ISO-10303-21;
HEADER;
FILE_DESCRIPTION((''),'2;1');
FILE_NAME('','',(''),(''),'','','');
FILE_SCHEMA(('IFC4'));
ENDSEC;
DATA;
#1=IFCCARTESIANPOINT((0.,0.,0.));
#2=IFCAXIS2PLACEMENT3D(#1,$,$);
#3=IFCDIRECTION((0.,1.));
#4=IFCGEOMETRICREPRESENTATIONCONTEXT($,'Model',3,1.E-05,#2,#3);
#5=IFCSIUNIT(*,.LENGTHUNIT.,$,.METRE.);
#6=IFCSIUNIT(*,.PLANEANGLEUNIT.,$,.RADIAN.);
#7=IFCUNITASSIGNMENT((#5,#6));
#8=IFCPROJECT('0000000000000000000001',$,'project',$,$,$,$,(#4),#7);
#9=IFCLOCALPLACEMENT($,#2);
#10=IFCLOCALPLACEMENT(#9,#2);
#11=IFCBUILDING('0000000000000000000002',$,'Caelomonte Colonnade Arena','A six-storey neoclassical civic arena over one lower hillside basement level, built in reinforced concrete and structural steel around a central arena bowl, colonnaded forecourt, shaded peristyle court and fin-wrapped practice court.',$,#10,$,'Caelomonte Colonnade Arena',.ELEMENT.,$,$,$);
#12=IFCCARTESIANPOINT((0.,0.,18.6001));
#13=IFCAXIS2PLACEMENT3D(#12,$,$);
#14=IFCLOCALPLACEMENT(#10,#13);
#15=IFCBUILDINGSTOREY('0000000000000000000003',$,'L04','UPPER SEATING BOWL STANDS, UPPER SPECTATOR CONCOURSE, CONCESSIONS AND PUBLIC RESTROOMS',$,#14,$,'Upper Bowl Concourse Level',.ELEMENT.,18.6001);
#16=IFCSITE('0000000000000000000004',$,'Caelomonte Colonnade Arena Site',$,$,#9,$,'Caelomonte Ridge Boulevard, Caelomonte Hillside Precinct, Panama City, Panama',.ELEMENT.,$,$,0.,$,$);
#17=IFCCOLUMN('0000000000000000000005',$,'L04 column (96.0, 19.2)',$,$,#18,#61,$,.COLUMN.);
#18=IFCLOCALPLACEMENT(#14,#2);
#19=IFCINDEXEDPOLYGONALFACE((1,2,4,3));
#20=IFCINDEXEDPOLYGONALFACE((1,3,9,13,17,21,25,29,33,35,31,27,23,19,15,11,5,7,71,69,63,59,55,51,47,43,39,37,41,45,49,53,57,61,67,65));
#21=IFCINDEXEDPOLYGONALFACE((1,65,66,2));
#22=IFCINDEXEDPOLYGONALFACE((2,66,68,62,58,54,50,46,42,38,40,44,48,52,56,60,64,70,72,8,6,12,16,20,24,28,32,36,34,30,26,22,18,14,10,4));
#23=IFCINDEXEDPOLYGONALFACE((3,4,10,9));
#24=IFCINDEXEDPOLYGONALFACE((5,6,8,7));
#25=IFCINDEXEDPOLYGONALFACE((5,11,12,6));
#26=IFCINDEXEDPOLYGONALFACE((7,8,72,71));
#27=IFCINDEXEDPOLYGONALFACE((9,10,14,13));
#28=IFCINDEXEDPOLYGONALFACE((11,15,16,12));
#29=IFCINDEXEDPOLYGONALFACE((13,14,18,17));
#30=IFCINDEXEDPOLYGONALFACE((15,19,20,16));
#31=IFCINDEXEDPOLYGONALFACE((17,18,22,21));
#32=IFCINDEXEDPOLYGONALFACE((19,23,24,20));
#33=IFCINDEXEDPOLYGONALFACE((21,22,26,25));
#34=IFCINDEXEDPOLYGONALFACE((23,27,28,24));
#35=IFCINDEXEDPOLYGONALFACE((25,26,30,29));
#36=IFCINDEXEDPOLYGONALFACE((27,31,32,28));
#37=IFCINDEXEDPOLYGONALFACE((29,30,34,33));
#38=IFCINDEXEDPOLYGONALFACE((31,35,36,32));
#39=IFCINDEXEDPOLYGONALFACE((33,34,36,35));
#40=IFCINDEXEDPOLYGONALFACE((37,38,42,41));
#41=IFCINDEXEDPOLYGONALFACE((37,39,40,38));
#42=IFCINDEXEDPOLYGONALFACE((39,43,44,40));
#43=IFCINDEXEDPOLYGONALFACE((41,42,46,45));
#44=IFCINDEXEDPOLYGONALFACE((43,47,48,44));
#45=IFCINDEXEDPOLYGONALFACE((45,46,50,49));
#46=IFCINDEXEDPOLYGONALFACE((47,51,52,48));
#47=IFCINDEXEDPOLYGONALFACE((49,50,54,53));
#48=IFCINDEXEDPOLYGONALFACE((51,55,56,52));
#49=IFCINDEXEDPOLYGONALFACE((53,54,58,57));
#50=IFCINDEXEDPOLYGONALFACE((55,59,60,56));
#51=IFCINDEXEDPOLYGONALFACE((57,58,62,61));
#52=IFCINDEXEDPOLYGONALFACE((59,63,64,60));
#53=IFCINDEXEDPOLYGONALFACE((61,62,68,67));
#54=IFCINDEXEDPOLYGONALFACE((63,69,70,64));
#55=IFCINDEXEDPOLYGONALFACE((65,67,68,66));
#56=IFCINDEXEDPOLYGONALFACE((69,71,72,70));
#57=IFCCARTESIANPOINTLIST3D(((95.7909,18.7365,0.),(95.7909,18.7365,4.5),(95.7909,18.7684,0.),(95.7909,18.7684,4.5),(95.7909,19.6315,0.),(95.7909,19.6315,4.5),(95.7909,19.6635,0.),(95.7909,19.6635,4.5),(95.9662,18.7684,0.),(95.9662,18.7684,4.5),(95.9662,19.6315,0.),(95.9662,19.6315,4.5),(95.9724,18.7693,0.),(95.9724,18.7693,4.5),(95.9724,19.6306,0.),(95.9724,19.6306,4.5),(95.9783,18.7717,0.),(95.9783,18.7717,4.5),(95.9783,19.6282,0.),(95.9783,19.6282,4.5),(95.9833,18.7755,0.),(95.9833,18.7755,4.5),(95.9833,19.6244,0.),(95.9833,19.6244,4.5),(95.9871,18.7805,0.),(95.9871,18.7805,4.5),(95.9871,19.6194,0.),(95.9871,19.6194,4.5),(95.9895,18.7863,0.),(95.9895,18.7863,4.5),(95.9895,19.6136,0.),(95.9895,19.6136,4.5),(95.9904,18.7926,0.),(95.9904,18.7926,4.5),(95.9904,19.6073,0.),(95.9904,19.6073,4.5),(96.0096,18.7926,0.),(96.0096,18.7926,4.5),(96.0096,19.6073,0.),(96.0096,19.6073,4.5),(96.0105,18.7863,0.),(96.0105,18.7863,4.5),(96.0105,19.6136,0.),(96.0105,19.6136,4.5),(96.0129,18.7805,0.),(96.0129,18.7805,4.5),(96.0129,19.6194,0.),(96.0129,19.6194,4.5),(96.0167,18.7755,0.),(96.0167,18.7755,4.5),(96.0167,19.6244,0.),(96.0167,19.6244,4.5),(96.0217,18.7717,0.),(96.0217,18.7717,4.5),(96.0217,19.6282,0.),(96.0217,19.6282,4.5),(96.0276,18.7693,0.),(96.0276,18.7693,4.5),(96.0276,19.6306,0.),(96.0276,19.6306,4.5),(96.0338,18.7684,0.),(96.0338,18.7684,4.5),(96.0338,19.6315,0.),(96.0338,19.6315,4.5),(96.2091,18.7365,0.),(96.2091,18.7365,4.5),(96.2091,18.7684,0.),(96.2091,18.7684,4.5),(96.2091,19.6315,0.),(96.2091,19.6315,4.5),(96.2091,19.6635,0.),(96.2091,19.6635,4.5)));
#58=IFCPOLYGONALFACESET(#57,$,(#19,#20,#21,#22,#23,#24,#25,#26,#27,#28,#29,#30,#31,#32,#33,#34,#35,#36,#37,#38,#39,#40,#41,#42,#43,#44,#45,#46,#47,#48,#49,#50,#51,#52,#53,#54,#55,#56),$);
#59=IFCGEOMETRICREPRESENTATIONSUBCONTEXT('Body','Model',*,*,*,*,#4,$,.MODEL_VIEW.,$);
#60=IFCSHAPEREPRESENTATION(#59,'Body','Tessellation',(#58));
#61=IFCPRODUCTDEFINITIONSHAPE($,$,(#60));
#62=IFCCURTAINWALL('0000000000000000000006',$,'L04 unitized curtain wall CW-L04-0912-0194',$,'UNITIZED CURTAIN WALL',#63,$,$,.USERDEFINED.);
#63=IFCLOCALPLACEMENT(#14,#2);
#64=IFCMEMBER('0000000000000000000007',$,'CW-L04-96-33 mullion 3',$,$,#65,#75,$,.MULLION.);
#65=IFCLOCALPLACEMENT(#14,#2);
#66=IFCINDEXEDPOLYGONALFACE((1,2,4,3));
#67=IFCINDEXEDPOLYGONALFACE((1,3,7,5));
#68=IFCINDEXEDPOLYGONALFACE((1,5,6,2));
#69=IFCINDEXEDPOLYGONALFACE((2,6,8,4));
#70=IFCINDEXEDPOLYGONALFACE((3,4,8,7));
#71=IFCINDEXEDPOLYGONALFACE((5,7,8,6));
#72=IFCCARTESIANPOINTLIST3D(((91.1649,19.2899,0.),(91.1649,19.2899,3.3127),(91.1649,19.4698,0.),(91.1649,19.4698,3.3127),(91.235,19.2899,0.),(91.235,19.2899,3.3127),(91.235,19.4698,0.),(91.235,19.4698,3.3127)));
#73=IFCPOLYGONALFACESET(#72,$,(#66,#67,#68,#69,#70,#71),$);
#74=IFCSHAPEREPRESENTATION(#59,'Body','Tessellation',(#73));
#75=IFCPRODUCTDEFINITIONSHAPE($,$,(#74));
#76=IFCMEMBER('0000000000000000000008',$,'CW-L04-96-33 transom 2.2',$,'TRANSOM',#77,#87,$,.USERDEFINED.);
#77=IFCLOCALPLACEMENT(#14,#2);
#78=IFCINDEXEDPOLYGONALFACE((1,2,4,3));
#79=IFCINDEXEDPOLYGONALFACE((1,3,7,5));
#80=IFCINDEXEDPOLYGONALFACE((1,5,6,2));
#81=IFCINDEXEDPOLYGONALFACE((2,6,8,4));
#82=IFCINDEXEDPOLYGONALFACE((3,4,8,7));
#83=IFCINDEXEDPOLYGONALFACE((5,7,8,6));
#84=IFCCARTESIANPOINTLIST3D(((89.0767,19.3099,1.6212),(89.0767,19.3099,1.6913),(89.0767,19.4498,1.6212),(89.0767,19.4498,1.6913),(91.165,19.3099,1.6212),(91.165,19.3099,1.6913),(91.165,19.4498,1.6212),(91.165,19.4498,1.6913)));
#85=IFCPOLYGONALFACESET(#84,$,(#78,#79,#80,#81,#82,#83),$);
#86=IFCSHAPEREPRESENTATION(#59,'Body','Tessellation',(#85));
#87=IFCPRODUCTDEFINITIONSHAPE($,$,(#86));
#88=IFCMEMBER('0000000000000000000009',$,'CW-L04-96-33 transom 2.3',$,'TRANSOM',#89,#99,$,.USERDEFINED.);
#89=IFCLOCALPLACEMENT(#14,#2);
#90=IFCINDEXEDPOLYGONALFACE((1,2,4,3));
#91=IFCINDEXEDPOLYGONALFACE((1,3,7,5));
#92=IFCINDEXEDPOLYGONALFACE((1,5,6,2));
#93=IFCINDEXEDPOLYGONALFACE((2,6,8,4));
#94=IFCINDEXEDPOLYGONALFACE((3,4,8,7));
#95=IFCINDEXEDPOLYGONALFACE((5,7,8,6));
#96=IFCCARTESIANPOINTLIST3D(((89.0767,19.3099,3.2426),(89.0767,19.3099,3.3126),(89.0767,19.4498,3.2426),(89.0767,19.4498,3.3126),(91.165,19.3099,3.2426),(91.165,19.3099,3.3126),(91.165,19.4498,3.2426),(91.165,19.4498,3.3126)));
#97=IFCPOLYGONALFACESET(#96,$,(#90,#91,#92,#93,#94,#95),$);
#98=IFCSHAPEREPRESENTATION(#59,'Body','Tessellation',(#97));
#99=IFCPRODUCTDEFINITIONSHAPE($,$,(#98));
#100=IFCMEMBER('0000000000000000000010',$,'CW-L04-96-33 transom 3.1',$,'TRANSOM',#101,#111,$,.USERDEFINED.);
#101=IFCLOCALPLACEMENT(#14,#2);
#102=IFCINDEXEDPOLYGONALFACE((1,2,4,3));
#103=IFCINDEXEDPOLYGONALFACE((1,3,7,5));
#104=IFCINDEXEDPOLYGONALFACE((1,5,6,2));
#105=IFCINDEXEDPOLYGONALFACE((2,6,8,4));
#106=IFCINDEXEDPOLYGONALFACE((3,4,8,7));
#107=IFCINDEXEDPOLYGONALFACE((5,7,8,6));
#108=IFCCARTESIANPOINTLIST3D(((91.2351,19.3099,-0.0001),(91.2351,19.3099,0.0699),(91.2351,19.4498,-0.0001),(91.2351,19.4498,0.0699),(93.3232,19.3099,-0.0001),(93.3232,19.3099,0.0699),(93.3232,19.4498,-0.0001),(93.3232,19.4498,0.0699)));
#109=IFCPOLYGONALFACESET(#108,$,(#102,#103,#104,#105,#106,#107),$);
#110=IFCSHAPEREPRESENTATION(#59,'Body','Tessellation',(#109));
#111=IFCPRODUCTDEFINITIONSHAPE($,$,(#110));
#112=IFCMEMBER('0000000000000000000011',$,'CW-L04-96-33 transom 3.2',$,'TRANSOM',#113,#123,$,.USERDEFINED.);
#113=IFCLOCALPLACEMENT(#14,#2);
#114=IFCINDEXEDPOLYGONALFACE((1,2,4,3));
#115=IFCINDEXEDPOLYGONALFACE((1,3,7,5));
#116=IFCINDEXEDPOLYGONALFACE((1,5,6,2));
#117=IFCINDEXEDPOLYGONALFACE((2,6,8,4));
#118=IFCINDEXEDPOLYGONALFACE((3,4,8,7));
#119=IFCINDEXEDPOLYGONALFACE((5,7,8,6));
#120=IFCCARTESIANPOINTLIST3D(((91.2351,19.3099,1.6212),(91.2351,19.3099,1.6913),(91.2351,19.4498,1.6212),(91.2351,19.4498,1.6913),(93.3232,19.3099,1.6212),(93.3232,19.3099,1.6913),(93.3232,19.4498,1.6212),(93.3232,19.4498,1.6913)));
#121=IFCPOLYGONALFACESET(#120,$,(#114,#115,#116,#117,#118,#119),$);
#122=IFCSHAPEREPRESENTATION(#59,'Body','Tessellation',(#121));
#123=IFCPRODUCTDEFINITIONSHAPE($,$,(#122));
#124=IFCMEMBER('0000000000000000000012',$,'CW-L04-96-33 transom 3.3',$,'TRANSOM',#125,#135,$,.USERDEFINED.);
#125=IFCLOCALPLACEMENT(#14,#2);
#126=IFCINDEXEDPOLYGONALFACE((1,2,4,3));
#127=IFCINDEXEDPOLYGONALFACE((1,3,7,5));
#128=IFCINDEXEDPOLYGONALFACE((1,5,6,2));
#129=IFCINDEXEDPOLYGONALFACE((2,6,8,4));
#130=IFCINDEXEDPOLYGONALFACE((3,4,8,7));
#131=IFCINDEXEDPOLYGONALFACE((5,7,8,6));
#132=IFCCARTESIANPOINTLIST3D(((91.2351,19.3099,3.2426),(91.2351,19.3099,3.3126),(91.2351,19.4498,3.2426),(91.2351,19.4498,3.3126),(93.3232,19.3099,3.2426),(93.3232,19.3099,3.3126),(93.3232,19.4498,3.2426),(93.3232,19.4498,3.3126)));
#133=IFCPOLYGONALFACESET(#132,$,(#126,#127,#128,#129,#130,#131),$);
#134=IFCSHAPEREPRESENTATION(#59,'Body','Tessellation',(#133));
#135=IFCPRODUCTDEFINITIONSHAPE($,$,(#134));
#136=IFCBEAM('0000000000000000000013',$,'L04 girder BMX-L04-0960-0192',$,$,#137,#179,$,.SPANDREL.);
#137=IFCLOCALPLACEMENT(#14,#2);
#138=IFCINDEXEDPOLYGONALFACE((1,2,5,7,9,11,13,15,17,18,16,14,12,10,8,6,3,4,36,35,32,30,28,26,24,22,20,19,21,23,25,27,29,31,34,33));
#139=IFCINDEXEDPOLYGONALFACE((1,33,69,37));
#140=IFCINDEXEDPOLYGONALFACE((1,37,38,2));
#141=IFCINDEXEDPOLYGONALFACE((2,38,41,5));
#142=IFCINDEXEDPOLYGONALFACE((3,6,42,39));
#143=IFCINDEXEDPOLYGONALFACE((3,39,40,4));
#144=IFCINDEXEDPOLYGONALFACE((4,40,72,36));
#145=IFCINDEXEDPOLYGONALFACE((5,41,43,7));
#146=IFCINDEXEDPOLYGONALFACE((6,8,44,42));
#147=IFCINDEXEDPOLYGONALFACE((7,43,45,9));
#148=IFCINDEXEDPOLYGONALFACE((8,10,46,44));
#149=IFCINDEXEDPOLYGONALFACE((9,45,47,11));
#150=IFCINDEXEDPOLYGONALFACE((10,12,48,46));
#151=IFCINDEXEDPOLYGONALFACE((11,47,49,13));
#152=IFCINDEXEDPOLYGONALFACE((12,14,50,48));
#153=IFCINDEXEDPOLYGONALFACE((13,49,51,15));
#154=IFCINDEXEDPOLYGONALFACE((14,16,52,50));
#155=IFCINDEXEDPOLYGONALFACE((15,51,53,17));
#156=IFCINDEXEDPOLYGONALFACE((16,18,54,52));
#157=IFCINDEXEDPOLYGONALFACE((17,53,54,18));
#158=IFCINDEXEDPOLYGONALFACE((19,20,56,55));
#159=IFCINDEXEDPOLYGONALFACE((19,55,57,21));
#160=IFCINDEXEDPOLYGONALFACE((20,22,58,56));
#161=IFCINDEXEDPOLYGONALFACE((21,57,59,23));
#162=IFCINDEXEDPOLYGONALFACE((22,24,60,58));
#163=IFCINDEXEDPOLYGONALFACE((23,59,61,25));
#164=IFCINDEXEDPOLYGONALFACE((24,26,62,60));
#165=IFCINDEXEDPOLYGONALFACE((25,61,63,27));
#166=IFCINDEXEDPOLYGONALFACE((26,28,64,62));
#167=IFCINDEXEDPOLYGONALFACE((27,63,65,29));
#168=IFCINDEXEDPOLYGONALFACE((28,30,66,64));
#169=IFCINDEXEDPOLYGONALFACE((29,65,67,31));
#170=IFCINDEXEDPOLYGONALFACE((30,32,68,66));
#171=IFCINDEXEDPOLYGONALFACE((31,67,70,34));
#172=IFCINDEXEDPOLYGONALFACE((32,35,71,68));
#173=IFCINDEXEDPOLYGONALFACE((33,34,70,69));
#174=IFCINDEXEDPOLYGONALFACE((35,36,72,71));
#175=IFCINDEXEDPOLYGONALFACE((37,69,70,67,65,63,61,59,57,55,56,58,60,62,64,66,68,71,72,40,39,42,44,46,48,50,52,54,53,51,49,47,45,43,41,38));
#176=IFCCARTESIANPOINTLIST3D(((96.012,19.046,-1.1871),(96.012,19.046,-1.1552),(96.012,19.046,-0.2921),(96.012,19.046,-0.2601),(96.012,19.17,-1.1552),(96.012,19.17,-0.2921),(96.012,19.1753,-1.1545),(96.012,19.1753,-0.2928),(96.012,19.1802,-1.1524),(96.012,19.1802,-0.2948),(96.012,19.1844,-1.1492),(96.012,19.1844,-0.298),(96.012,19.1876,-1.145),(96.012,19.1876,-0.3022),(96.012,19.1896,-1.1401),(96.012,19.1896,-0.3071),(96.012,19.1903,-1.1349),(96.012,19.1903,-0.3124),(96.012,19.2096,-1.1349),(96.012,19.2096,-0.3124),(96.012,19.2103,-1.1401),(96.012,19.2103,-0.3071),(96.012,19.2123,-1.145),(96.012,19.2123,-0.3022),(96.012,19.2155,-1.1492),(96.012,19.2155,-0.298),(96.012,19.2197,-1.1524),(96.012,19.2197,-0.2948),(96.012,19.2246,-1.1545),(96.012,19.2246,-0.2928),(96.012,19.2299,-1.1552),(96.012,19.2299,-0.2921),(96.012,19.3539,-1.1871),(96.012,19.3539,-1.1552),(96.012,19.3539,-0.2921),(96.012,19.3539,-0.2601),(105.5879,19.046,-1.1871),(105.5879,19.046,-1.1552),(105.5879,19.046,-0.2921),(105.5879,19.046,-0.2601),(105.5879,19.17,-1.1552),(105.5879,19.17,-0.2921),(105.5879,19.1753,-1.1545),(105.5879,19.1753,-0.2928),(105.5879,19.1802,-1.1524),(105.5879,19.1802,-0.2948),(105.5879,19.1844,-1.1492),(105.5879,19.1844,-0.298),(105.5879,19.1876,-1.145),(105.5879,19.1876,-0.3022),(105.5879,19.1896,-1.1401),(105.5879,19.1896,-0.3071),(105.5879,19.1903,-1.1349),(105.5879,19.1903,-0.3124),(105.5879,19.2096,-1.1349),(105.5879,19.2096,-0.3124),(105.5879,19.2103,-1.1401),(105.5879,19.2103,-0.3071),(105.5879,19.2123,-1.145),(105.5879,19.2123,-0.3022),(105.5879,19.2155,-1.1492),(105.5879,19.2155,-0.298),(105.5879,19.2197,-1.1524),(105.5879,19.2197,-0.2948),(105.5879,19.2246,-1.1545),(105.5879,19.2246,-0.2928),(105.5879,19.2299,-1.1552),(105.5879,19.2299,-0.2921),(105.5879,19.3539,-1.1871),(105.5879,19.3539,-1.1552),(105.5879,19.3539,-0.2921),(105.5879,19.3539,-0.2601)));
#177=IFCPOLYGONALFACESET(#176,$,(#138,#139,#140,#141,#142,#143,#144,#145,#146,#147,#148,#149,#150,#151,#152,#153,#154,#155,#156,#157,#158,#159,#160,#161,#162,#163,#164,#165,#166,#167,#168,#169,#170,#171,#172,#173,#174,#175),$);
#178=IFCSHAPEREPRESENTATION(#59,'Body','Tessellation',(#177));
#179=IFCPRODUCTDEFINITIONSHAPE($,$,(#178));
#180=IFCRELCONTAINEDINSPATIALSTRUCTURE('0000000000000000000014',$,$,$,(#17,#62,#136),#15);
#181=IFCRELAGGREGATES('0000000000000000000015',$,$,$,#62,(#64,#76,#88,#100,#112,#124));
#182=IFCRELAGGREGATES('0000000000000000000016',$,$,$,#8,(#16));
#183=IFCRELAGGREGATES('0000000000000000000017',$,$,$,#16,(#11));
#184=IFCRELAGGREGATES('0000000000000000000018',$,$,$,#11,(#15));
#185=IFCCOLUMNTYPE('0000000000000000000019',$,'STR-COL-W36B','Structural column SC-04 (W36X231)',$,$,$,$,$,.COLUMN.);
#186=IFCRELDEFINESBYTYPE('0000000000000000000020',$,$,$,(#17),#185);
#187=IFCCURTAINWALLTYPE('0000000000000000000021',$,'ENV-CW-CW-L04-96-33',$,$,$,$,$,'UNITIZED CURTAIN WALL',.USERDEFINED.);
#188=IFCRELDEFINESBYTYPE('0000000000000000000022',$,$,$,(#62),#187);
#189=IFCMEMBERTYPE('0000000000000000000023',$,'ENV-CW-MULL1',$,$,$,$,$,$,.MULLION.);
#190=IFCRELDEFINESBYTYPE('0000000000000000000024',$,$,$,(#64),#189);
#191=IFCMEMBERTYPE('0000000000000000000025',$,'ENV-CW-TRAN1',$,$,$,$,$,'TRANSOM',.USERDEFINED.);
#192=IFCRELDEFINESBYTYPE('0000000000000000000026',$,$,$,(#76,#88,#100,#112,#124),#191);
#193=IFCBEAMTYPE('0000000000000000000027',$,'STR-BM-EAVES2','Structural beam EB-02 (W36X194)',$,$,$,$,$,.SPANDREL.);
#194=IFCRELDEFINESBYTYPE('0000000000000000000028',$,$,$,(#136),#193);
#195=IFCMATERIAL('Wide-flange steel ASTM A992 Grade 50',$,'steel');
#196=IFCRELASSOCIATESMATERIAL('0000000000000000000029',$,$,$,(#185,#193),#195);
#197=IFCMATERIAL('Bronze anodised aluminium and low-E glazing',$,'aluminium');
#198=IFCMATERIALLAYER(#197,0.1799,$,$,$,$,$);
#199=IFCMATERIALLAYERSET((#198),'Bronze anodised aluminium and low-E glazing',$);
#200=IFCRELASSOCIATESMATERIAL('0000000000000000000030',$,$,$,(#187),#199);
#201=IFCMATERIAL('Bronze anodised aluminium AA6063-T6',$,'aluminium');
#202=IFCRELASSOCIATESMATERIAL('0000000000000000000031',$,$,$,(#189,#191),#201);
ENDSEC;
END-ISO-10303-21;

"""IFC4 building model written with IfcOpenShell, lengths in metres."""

from ifc_helpers import new_model, si_unit, direction, frame, origin, origin_2d, place, context, subcontext, project, spatial, rectangle, i_section, extrude, material, layer, layer_set, material_profile, profile_set, type_object, element, aggregate, save


model = new_model("IFC4")

# Units and contexts
model_context = context("Model", 3, precision=1e-05, world=origin(), true_north=direction((0.0, 1.0)))
body_context = subcontext(model_context, "Body", "Model", "MODEL_VIEW")
ifc_project = project(units=[si_unit("LENGTHUNIT", "METRE"), si_unit("PLANEANGLEUNIT", "RADIAN")], contexts=[model_context])

# Site, building, storey
site_placement = place(None, origin())
site = spatial("IfcSite", under=ifc_project, at=site_placement, Name="Caelomonte Colonnade Arena Site", LongName="Caelomonte Ridge Boulevard, Caelomonte Hillside Precinct, Panama City, Panama", CompositionType="ELEMENT", RefElevation=0.0)
building_placement = place(site_placement, origin())
building = spatial("IfcBuilding", under=site, at=building_placement, Name="Caelomonte Colonnade Arena", Description="A six-storey neoclassical civic arena over one lower hillside basement level, built in reinforced concrete and structural steel around a central arena bowl, colonnaded forecourt, shaded peristyle court and fin-wrapped practice court.", LongName="Caelomonte Colonnade Arena", CompositionType="ELEMENT")
storey_placement = place(building_placement, frame((0.0, 0.0, 18.6001)))
storey = spatial("IfcBuildingStorey", under=building, at=storey_placement, Name="L04", Description="UPPER SEATING BOWL STANDS, UPPER SPECTATOR CONCOURSE, CONCESSIONS AND PUBLIC RESTROOMS", LongName="Upper Bowl Concourse Level", CompositionType="ELEMENT", Elevation=18.6001)

# Column
ifc_material_1 = material(Name="Wide-flange steel ASTM A992 Grade 50", Category="steel")
ifc_material_profile_1 = material_profile(ifc_material_1, i_section(OverallWidth=0.4182, OverallDepth=0.927, WebThickness=0.0193, FlangeThickness=0.032, FilletRadius=0.0242, at=origin_2d()), Name="W36X231")
ifc_profile_set_1 = profile_set([ifc_material_profile_1], Name="Wide-flange steel ASTM A992 Grade 50")
column_type = type_object("IfcColumnType", Name="STR-COL-W36B", Description="Structural column SC-04 (W36X231)", PredefinedType="COLUMN", material=ifc_profile_set_1)
column_placement = place(storey_placement, frame((96.0, 19.2, 0.0), z_axis=(0.0, 0.0, 1.0), x_axis=(1.0, 0.0, 0.0)))
element("IfcColumn", 1, at=column_placement, inside=storey, type_object=column_type, Name="L04 column (96.0, 19.2)", PredefinedType="COLUMN", context=body_context, shape_type="SweptSolid", body=[
    extrude(i_section(OverallWidth=0.4182, OverallDepth=0.927, WebThickness=0.0193, FlangeThickness=0.032, FilletRadius=0.0242, at=origin_2d()), origin(), (0.0, 0.0, 1.0), 4.5),
])

# Curtain wall, members
ifc_material_2 = material(Name="Bronze anodised aluminium and low-E glazing", Category="aluminium")
ifc_layer_1 = layer(ifc_material_2, 0.1799)
ifc_layer_set_1 = layer_set([ifc_layer_1], Name="Bronze anodised aluminium and low-E glazing")
curtain_wall_type = type_object("IfcCurtainWallType", Name="ENV-CW-CW-L04-96-33", ElementType="UNITIZED CURTAIN WALL", PredefinedType="USERDEFINED", material=ifc_layer_set_1)
curtain_wall_placement = place(storey_placement, origin())
curtain_wall = element("IfcCurtainWall", 2, at=curtain_wall_placement, inside=storey, type_object=curtain_wall_type, Name="L04 unitized curtain wall CW-L04-0912-0194", ObjectType="UNITIZED CURTAIN WALL", PredefinedType="USERDEFINED")
ifc_material_3 = material(Name="Bronze anodised aluminium AA6063-T6", Category="aluminium")
ifc_material_profile_2 = material_profile(ifc_material_3, rectangle(XDim=0.0701, YDim=0.1799, at=origin_2d()), Name="CWM-70X180")
ifc_profile_set_2 = profile_set([ifc_material_profile_2], Name="Bronze anodised aluminium AA6063-T6")
member_type_1 = type_object("IfcMemberType", Name="ENV-CW-MULL1", PredefinedType="MULLION", material=ifc_profile_set_2)
member_1_placement = place(storey_placement, frame((91.2, 19.3799, 0.0), z_axis=(0.0, 0.0, 1.0), x_axis=(1.0, 0.0, 0.0)))
member_1 = element("IfcMember", 3, at=member_1_placement, type_object=member_type_1, Name="CW-L04-96-33 mullion 3", PredefinedType="MULLION", context=body_context, shape_type="SweptSolid", body=[
    extrude(rectangle(XDim=0.0701, YDim=0.1799, at=origin_2d()), origin(), (0.0, 0.0, 1.0), 3.3127),
])
ifc_material_profile_3 = material_profile(ifc_material_3, rectangle(XDim=0.0701, YDim=0.1399, at=origin_2d()), Name="CWT-70X140")
ifc_profile_set_3 = profile_set([ifc_material_profile_3], Name="Bronze anodised aluminium AA6063-T6")
member_type_2 = type_object("IfcMemberType", Name="ENV-CW-TRAN1", ElementType="TRANSOM", PredefinedType="USERDEFINED", material=ifc_profile_set_3)
member_2_placement = place(storey_placement, frame((89.0767, 19.3799, 1.6562), z_axis=(1.0, 0.0, 0.0), x_axis=(0.0, 0.0, 1.0)))
member_2 = element("IfcMember", 4, at=member_2_placement, type_object=member_type_2, Name="CW-L04-96-33 transom 2.2", ObjectType="TRANSOM", PredefinedType="USERDEFINED", context=body_context, shape_type="SweptSolid", body=[
    extrude(rectangle(XDim=0.0701, YDim=0.1399, at=origin_2d()), origin(), (0.0, 0.0, 1.0), 2.0884),
])
member_3_placement = place(storey_placement, frame((89.0767, 19.3799, 3.2776), z_axis=(1.0, 0.0, 0.0), x_axis=(0.0, 0.0, 1.0)))
member_3 = element("IfcMember", 5, at=member_3_placement, type_object=member_type_2, Name="CW-L04-96-33 transom 2.3", ObjectType="TRANSOM", PredefinedType="USERDEFINED", context=body_context, shape_type="SweptSolid", body=[
    extrude(rectangle(XDim=0.0701, YDim=0.1399, at=origin_2d()), origin(), (0.0, 0.0, 1.0), 2.0884),
])
member_4_placement = place(storey_placement, frame((91.2351, 19.3799, 0.0349), z_axis=(1.0, 0.0, 0.0), x_axis=(0.0, 0.0, 1.0)))
member_4 = element("IfcMember", 6, at=member_4_placement, type_object=member_type_2, Name="CW-L04-96-33 transom 3.1", ObjectType="TRANSOM", PredefinedType="USERDEFINED", context=body_context, shape_type="SweptSolid", body=[
    extrude(rectangle(XDim=0.0701, YDim=0.1399, at=origin_2d()), origin(), (0.0, 0.0, 1.0), 2.0881),
])
member_5_placement = place(storey_placement, frame((91.2351, 19.3799, 1.6562), z_axis=(1.0, 0.0, 0.0), x_axis=(0.0, 0.0, 1.0)))
member_5 = element("IfcMember", 7, at=member_5_placement, type_object=member_type_2, Name="CW-L04-96-33 transom 3.2", ObjectType="TRANSOM", PredefinedType="USERDEFINED", context=body_context, shape_type="SweptSolid", body=[
    extrude(rectangle(XDim=0.0701, YDim=0.1399, at=origin_2d()), origin(), (0.0, 0.0, 1.0), 2.0881),
])
member_6_placement = place(storey_placement, frame((91.2351, 19.3799, 3.2776), z_axis=(1.0, 0.0, 0.0), x_axis=(0.0, 0.0, 1.0)))
member_6 = element("IfcMember", 8, at=member_6_placement, type_object=member_type_2, Name="CW-L04-96-33 transom 3.3", ObjectType="TRANSOM", PredefinedType="USERDEFINED", context=body_context, shape_type="SweptSolid", body=[
    extrude(rectangle(XDim=0.0701, YDim=0.1399, at=origin_2d()), origin(), (0.0, 0.0, 1.0), 2.0881),
])

# Beam
ifc_material_profile_4 = material_profile(ifc_material_1, i_section(OverallWidth=0.3079, OverallDepth=0.927, WebThickness=0.0193, FlangeThickness=0.032, FilletRadius=0.0203, at=origin_2d()), Name="W36X194")
ifc_profile_set_4 = profile_set([ifc_material_profile_4], Name="Wide-flange steel ASTM A992 Grade 50")
beam_type_1 = type_object("IfcBeamType", Name="STR-BM-EAVES2", Description="Structural beam EB-02 (W36X194)", PredefinedType="SPANDREL", material=ifc_profile_set_4)
beam_1_placement = place(storey_placement, frame((96.012, 19.2, -0.7236), z_axis=(1.0, 0.0, 0.0), x_axis=(0.0, 1.0, 0.0)))
element("IfcBeam", 9, at=beam_1_placement, inside=storey, type_object=beam_type_1, Name="L04 girder BMX-L04-0960-0192", PredefinedType="SPANDREL", context=body_context, shape_type="SweptSolid", body=[
    extrude(i_section(OverallWidth=0.3079, OverallDepth=0.927, WebThickness=0.0193, FlangeThickness=0.032, FilletRadius=0.0203, at=origin_2d()), origin(), (0.0, 0.0, 1.0), 9.5759),
])

aggregate(curtain_wall, [member_1, member_2, member_3, member_4, member_5, member_6])

save(model, "model.ifc")
